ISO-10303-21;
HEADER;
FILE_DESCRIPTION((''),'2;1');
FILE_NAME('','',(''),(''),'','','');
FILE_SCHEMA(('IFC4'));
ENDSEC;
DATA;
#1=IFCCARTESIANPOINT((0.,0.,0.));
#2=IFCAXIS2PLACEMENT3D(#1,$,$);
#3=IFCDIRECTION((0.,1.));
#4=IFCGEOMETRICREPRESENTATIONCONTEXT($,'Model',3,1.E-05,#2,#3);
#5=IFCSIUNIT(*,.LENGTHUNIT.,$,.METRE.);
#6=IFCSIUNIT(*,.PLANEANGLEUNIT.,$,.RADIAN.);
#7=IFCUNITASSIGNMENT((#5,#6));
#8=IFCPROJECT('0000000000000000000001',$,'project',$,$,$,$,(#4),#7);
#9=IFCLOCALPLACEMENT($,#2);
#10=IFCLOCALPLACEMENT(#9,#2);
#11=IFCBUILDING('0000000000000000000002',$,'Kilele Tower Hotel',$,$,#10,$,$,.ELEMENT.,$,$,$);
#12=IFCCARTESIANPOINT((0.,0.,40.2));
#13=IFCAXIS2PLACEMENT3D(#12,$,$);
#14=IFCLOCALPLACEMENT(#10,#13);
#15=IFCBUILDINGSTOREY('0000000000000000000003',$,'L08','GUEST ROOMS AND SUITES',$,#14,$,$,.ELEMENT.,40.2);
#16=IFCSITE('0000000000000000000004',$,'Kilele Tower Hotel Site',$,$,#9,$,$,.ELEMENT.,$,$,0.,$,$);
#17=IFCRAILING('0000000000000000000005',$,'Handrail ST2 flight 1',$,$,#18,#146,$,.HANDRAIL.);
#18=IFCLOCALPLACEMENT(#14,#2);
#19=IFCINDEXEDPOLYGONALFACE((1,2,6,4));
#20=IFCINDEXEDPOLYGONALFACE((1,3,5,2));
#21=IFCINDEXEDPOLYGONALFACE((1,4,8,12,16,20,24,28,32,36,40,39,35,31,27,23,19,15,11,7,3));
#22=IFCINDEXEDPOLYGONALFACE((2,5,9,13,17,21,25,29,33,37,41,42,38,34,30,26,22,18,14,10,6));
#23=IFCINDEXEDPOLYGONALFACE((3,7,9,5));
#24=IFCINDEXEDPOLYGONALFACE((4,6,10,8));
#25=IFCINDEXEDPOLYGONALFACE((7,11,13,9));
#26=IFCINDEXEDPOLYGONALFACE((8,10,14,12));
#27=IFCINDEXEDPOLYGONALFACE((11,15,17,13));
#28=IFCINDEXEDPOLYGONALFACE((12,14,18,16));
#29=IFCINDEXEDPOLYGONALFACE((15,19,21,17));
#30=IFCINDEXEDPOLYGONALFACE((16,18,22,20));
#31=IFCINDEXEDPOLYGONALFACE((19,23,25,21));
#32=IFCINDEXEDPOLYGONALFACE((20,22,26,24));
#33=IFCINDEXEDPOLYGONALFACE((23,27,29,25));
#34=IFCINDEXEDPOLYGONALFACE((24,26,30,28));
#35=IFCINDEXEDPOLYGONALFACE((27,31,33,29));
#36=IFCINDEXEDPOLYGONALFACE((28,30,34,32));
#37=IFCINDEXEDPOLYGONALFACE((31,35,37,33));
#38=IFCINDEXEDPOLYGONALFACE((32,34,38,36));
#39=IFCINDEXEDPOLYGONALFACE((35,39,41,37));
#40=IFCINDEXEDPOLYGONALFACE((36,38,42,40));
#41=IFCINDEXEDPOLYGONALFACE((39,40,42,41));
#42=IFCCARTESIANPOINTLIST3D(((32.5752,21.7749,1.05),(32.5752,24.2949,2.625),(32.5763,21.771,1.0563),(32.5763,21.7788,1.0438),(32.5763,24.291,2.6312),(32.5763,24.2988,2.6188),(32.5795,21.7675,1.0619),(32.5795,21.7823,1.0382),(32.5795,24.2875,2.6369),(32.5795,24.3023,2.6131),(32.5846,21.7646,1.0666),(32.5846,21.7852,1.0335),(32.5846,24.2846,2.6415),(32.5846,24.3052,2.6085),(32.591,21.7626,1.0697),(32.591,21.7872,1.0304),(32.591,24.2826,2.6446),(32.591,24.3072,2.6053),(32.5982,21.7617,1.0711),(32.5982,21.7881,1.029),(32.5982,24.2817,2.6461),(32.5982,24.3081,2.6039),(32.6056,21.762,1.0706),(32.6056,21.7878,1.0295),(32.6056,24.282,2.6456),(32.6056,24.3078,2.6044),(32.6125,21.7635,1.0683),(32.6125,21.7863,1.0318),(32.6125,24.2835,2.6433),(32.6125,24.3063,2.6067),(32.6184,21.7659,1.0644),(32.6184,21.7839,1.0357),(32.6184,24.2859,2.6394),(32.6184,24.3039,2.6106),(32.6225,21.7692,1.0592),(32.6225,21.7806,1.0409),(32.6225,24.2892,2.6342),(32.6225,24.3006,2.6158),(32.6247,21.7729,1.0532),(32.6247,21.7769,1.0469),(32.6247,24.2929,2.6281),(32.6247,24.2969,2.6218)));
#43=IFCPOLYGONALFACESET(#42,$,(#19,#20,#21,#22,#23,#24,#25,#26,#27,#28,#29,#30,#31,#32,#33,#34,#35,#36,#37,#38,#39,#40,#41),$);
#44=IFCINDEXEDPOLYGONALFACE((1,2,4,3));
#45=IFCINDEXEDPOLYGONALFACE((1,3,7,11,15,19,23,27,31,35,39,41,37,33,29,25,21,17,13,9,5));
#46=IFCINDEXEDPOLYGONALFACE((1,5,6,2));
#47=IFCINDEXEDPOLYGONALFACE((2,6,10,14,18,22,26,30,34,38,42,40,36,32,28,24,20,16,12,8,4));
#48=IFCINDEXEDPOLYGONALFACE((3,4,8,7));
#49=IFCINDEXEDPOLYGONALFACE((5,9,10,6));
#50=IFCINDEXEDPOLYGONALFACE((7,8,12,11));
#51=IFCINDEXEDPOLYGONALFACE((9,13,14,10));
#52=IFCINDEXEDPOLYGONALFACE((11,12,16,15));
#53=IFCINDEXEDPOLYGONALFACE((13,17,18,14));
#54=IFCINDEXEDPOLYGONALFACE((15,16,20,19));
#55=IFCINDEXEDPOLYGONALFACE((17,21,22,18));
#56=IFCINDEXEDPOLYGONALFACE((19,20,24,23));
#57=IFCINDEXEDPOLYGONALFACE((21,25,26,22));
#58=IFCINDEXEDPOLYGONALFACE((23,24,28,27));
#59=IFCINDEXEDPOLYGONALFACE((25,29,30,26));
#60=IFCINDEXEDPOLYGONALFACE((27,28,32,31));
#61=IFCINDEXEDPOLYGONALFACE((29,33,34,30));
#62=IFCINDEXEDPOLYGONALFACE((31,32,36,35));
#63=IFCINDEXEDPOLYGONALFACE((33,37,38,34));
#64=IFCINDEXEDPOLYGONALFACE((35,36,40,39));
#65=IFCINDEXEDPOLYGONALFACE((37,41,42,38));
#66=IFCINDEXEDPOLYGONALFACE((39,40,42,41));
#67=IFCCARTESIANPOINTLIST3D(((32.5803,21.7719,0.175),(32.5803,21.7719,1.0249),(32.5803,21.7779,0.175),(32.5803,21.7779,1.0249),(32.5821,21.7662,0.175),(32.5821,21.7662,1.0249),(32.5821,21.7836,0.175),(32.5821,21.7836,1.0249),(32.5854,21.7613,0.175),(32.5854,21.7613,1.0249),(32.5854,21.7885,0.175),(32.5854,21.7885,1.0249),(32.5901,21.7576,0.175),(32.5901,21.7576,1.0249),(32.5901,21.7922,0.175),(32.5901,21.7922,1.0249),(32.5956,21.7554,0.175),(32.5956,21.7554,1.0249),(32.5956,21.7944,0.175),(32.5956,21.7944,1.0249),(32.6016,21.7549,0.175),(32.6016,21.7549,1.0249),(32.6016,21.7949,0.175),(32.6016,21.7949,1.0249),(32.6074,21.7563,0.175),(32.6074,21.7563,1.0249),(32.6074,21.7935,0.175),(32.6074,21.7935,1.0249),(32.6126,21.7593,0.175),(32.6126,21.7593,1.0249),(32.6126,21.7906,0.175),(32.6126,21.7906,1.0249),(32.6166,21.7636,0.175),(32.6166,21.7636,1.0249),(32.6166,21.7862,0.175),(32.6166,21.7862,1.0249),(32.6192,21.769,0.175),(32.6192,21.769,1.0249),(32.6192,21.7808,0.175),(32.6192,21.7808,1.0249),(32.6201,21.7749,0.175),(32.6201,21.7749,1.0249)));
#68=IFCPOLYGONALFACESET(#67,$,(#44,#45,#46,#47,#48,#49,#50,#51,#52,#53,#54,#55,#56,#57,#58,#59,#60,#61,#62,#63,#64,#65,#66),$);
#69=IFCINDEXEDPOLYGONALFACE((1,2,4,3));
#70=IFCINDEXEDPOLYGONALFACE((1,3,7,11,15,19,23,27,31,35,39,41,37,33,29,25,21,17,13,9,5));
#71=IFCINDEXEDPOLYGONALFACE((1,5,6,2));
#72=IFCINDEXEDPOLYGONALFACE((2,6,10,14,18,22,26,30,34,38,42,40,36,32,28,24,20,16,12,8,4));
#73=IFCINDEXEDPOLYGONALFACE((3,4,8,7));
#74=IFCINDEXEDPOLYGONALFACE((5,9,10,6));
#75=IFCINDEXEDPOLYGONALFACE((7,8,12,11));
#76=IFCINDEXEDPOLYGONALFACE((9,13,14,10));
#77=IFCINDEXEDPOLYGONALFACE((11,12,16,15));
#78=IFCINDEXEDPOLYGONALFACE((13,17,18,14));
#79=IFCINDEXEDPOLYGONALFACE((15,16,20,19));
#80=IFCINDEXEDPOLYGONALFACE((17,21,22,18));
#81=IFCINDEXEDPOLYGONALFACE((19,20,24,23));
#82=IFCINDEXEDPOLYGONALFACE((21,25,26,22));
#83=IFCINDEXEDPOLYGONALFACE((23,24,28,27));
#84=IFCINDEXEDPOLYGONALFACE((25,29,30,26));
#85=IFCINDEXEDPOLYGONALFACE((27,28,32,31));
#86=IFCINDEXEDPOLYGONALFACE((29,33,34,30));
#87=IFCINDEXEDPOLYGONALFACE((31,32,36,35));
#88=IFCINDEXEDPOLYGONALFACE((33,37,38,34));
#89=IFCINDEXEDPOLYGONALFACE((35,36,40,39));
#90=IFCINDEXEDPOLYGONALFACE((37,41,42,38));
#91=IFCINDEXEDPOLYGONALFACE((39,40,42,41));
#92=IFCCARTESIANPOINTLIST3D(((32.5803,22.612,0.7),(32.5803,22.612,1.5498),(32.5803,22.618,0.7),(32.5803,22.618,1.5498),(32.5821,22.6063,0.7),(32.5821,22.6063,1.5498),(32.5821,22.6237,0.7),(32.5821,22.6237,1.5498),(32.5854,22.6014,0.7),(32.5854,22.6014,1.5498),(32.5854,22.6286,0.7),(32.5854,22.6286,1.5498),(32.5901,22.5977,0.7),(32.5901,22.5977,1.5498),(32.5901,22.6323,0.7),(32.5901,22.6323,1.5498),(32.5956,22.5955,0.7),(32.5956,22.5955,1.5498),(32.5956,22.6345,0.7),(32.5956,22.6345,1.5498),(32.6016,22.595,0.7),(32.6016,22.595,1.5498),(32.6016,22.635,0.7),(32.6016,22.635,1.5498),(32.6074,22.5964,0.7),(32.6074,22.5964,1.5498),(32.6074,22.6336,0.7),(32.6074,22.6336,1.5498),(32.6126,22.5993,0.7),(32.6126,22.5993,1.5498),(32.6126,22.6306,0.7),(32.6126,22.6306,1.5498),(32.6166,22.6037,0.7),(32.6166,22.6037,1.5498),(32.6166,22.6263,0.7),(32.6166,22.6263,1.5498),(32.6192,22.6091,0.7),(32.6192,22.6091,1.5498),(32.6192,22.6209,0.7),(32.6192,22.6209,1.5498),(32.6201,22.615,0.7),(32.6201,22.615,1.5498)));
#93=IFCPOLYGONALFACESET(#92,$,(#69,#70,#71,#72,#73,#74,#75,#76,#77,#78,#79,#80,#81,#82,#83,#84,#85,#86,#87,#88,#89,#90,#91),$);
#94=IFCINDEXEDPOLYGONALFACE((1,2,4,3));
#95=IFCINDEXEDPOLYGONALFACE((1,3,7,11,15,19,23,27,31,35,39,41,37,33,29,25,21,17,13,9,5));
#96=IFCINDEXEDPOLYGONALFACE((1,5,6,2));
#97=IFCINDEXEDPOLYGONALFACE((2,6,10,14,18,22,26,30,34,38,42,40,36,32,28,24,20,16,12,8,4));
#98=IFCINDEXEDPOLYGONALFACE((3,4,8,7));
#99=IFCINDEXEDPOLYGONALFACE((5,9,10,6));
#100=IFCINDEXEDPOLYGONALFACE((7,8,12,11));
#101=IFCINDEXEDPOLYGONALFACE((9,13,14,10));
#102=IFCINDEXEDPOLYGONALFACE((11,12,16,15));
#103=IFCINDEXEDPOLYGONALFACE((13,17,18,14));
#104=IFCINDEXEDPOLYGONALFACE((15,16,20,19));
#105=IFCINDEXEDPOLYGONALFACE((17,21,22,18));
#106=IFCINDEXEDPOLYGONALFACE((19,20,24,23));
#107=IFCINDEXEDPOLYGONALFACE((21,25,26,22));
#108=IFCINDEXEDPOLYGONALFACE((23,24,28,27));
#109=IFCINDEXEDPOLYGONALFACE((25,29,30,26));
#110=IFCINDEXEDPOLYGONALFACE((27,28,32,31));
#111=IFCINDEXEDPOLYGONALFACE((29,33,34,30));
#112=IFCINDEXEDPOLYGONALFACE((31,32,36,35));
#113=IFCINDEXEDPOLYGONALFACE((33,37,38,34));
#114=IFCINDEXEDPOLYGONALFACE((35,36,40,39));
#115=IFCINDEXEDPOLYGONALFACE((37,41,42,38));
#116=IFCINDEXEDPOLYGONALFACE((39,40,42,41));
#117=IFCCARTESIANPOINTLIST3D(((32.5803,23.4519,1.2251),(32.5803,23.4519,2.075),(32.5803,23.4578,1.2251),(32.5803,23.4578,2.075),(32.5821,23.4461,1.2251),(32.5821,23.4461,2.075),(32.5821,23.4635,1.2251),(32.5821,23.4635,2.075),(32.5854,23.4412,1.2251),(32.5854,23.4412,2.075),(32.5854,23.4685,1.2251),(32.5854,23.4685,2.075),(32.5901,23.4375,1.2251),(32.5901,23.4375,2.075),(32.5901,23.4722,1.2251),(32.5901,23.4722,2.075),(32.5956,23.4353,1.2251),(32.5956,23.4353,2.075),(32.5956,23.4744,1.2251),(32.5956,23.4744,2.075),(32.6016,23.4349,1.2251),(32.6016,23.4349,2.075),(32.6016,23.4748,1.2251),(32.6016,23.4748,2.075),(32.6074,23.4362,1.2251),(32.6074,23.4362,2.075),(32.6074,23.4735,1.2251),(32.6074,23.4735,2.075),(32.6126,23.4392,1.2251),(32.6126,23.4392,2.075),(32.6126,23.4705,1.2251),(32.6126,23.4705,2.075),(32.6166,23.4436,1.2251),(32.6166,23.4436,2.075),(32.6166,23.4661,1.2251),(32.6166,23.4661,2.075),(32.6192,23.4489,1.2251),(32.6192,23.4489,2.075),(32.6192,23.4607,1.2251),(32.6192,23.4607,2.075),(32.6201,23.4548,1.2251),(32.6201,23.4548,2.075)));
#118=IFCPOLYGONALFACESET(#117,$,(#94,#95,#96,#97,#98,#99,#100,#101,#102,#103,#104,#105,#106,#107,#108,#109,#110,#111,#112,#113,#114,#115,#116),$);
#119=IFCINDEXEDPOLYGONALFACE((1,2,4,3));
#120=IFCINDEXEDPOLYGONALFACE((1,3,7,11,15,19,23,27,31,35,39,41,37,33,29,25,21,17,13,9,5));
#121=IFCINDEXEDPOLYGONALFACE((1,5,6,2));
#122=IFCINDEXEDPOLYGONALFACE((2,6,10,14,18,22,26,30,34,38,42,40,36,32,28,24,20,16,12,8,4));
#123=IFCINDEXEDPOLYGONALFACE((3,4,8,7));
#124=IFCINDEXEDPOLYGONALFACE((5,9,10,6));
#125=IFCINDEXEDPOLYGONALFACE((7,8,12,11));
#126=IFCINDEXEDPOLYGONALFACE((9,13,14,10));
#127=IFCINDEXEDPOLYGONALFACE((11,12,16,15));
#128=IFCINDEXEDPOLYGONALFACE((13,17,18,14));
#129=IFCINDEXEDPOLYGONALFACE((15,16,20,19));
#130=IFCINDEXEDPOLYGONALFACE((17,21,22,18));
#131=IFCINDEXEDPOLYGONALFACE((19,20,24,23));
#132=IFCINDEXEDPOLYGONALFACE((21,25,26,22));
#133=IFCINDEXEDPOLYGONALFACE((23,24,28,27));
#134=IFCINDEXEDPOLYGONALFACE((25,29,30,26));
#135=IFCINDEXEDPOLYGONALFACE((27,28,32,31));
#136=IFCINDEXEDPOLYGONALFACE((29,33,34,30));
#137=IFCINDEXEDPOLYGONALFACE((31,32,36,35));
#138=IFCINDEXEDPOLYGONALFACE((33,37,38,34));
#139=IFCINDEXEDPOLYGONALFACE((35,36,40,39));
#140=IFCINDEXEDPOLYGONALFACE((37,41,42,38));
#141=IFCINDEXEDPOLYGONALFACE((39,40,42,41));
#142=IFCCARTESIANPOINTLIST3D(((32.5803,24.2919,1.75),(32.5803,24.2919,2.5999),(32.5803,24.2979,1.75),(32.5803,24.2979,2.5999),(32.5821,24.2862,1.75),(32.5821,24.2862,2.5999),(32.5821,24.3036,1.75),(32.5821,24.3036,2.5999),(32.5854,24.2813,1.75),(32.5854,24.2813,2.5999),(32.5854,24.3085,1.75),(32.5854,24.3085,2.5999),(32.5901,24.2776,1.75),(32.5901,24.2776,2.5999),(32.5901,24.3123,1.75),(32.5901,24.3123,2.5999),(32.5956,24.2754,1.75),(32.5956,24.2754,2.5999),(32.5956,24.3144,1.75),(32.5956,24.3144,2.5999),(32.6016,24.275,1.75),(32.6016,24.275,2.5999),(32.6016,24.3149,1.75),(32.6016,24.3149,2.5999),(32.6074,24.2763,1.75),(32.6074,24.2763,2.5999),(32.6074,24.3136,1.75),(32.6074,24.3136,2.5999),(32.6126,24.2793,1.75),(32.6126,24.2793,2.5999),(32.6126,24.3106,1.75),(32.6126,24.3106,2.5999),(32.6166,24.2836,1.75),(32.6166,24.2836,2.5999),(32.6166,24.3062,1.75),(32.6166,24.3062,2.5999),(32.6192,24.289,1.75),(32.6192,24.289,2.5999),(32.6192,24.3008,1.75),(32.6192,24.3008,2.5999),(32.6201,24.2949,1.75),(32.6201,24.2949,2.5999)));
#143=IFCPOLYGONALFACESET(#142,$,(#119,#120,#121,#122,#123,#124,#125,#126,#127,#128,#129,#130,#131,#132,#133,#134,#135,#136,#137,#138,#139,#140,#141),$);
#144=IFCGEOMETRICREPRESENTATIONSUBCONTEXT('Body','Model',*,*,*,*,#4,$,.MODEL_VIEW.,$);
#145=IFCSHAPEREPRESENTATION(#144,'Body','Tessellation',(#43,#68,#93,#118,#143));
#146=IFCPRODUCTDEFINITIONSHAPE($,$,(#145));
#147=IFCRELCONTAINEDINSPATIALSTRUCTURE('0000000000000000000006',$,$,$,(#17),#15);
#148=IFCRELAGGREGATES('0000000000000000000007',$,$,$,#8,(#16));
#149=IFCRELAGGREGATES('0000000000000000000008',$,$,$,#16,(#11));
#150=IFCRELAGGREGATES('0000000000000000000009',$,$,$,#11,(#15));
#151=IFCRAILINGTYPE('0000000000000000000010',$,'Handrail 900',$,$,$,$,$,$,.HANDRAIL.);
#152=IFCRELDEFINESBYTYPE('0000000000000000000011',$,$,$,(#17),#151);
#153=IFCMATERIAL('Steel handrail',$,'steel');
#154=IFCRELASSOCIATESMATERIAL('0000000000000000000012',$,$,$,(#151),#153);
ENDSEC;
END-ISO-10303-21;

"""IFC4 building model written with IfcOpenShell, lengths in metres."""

from ifc_helpers import new_model, si_unit, direction, frame, origin, origin_2d, place, context, subcontext, project, spatial, circle, extrude, material, type_object, element, save


model = new_model("IFC4")

# Units and contexts
model_context = context("Model", 3, precision=1e-05, world=origin(), true_north=direction((0.0, 1.0)))
body_context = subcontext(model_context, "Body", "Model", "MODEL_VIEW")
ifc_project = project(units=[si_unit("LENGTHUNIT", "METRE"), si_unit("PLANEANGLEUNIT", "RADIAN")], contexts=[model_context])

# Site, building, storey
site_placement = place(None, origin())
site = spatial("IfcSite", under=ifc_project, at=site_placement, Name="Kilele Tower Hotel Site", CompositionType="ELEMENT", RefElevation=0.0)
building_placement = place(site_placement, origin())
building = spatial("IfcBuilding", under=site, at=building_placement, Name="Kilele Tower Hotel", CompositionType="ELEMENT")
storey_placement = place(building_placement, frame((0.0, 0.0, 40.2)))
storey = spatial("IfcBuildingStorey", under=building, at=storey_placement, Name="L08", Description="GUEST ROOMS AND SUITES", CompositionType="ELEMENT", Elevation=40.2)

# Railing
ifc_material_1 = material(Name="Steel handrail", Category="steel")
railing_type_1 = type_object("IfcRailingType", Name="Handrail 900", PredefinedType="HANDRAIL", material=ifc_material_1)
for number, where, name in (
    (1, (32.6001, 21.7749, 0.175), "Handrail ST2 flight 1"),
):
    element("IfcRailing", number, at=place(storey_placement, frame(where)), inside=storey, type_object=railing_type_1, Name=name, PredefinedType="HANDRAIL", context=body_context, shape_type="SweptSolid", body=[
        extrude(circle(Radius=0.0249, at=origin_2d()), frame((0.0, 0.0, 0.875), z_axis=(0.0, 0.848008, 0.529984), x_axis=(-1.0, 0.0, 0.0)), (0.0, 0.0, 1.0), 2.9717),
        extrude(circle(Radius=0.02, at=origin_2d()), origin(), (0.0, 0.0, 1.0), 0.8499),
        extrude(circle(Radius=0.02, at=origin_2d()), frame((0.0, 0.8401, 0.5249)), (0.0, 0.0, 1.0), 0.8499),
        extrude(circle(Radius=0.02, at=origin_2d()), frame((0.0, 1.6799, 1.05)), (0.0, 0.0, 1.0), 0.8499),
        extrude(circle(Radius=0.02, at=origin_2d()), frame((0.0, 2.52, 1.575)), (0.0, 0.0, 1.0), 0.8499),
    ])

save(model, "model.ifc")
